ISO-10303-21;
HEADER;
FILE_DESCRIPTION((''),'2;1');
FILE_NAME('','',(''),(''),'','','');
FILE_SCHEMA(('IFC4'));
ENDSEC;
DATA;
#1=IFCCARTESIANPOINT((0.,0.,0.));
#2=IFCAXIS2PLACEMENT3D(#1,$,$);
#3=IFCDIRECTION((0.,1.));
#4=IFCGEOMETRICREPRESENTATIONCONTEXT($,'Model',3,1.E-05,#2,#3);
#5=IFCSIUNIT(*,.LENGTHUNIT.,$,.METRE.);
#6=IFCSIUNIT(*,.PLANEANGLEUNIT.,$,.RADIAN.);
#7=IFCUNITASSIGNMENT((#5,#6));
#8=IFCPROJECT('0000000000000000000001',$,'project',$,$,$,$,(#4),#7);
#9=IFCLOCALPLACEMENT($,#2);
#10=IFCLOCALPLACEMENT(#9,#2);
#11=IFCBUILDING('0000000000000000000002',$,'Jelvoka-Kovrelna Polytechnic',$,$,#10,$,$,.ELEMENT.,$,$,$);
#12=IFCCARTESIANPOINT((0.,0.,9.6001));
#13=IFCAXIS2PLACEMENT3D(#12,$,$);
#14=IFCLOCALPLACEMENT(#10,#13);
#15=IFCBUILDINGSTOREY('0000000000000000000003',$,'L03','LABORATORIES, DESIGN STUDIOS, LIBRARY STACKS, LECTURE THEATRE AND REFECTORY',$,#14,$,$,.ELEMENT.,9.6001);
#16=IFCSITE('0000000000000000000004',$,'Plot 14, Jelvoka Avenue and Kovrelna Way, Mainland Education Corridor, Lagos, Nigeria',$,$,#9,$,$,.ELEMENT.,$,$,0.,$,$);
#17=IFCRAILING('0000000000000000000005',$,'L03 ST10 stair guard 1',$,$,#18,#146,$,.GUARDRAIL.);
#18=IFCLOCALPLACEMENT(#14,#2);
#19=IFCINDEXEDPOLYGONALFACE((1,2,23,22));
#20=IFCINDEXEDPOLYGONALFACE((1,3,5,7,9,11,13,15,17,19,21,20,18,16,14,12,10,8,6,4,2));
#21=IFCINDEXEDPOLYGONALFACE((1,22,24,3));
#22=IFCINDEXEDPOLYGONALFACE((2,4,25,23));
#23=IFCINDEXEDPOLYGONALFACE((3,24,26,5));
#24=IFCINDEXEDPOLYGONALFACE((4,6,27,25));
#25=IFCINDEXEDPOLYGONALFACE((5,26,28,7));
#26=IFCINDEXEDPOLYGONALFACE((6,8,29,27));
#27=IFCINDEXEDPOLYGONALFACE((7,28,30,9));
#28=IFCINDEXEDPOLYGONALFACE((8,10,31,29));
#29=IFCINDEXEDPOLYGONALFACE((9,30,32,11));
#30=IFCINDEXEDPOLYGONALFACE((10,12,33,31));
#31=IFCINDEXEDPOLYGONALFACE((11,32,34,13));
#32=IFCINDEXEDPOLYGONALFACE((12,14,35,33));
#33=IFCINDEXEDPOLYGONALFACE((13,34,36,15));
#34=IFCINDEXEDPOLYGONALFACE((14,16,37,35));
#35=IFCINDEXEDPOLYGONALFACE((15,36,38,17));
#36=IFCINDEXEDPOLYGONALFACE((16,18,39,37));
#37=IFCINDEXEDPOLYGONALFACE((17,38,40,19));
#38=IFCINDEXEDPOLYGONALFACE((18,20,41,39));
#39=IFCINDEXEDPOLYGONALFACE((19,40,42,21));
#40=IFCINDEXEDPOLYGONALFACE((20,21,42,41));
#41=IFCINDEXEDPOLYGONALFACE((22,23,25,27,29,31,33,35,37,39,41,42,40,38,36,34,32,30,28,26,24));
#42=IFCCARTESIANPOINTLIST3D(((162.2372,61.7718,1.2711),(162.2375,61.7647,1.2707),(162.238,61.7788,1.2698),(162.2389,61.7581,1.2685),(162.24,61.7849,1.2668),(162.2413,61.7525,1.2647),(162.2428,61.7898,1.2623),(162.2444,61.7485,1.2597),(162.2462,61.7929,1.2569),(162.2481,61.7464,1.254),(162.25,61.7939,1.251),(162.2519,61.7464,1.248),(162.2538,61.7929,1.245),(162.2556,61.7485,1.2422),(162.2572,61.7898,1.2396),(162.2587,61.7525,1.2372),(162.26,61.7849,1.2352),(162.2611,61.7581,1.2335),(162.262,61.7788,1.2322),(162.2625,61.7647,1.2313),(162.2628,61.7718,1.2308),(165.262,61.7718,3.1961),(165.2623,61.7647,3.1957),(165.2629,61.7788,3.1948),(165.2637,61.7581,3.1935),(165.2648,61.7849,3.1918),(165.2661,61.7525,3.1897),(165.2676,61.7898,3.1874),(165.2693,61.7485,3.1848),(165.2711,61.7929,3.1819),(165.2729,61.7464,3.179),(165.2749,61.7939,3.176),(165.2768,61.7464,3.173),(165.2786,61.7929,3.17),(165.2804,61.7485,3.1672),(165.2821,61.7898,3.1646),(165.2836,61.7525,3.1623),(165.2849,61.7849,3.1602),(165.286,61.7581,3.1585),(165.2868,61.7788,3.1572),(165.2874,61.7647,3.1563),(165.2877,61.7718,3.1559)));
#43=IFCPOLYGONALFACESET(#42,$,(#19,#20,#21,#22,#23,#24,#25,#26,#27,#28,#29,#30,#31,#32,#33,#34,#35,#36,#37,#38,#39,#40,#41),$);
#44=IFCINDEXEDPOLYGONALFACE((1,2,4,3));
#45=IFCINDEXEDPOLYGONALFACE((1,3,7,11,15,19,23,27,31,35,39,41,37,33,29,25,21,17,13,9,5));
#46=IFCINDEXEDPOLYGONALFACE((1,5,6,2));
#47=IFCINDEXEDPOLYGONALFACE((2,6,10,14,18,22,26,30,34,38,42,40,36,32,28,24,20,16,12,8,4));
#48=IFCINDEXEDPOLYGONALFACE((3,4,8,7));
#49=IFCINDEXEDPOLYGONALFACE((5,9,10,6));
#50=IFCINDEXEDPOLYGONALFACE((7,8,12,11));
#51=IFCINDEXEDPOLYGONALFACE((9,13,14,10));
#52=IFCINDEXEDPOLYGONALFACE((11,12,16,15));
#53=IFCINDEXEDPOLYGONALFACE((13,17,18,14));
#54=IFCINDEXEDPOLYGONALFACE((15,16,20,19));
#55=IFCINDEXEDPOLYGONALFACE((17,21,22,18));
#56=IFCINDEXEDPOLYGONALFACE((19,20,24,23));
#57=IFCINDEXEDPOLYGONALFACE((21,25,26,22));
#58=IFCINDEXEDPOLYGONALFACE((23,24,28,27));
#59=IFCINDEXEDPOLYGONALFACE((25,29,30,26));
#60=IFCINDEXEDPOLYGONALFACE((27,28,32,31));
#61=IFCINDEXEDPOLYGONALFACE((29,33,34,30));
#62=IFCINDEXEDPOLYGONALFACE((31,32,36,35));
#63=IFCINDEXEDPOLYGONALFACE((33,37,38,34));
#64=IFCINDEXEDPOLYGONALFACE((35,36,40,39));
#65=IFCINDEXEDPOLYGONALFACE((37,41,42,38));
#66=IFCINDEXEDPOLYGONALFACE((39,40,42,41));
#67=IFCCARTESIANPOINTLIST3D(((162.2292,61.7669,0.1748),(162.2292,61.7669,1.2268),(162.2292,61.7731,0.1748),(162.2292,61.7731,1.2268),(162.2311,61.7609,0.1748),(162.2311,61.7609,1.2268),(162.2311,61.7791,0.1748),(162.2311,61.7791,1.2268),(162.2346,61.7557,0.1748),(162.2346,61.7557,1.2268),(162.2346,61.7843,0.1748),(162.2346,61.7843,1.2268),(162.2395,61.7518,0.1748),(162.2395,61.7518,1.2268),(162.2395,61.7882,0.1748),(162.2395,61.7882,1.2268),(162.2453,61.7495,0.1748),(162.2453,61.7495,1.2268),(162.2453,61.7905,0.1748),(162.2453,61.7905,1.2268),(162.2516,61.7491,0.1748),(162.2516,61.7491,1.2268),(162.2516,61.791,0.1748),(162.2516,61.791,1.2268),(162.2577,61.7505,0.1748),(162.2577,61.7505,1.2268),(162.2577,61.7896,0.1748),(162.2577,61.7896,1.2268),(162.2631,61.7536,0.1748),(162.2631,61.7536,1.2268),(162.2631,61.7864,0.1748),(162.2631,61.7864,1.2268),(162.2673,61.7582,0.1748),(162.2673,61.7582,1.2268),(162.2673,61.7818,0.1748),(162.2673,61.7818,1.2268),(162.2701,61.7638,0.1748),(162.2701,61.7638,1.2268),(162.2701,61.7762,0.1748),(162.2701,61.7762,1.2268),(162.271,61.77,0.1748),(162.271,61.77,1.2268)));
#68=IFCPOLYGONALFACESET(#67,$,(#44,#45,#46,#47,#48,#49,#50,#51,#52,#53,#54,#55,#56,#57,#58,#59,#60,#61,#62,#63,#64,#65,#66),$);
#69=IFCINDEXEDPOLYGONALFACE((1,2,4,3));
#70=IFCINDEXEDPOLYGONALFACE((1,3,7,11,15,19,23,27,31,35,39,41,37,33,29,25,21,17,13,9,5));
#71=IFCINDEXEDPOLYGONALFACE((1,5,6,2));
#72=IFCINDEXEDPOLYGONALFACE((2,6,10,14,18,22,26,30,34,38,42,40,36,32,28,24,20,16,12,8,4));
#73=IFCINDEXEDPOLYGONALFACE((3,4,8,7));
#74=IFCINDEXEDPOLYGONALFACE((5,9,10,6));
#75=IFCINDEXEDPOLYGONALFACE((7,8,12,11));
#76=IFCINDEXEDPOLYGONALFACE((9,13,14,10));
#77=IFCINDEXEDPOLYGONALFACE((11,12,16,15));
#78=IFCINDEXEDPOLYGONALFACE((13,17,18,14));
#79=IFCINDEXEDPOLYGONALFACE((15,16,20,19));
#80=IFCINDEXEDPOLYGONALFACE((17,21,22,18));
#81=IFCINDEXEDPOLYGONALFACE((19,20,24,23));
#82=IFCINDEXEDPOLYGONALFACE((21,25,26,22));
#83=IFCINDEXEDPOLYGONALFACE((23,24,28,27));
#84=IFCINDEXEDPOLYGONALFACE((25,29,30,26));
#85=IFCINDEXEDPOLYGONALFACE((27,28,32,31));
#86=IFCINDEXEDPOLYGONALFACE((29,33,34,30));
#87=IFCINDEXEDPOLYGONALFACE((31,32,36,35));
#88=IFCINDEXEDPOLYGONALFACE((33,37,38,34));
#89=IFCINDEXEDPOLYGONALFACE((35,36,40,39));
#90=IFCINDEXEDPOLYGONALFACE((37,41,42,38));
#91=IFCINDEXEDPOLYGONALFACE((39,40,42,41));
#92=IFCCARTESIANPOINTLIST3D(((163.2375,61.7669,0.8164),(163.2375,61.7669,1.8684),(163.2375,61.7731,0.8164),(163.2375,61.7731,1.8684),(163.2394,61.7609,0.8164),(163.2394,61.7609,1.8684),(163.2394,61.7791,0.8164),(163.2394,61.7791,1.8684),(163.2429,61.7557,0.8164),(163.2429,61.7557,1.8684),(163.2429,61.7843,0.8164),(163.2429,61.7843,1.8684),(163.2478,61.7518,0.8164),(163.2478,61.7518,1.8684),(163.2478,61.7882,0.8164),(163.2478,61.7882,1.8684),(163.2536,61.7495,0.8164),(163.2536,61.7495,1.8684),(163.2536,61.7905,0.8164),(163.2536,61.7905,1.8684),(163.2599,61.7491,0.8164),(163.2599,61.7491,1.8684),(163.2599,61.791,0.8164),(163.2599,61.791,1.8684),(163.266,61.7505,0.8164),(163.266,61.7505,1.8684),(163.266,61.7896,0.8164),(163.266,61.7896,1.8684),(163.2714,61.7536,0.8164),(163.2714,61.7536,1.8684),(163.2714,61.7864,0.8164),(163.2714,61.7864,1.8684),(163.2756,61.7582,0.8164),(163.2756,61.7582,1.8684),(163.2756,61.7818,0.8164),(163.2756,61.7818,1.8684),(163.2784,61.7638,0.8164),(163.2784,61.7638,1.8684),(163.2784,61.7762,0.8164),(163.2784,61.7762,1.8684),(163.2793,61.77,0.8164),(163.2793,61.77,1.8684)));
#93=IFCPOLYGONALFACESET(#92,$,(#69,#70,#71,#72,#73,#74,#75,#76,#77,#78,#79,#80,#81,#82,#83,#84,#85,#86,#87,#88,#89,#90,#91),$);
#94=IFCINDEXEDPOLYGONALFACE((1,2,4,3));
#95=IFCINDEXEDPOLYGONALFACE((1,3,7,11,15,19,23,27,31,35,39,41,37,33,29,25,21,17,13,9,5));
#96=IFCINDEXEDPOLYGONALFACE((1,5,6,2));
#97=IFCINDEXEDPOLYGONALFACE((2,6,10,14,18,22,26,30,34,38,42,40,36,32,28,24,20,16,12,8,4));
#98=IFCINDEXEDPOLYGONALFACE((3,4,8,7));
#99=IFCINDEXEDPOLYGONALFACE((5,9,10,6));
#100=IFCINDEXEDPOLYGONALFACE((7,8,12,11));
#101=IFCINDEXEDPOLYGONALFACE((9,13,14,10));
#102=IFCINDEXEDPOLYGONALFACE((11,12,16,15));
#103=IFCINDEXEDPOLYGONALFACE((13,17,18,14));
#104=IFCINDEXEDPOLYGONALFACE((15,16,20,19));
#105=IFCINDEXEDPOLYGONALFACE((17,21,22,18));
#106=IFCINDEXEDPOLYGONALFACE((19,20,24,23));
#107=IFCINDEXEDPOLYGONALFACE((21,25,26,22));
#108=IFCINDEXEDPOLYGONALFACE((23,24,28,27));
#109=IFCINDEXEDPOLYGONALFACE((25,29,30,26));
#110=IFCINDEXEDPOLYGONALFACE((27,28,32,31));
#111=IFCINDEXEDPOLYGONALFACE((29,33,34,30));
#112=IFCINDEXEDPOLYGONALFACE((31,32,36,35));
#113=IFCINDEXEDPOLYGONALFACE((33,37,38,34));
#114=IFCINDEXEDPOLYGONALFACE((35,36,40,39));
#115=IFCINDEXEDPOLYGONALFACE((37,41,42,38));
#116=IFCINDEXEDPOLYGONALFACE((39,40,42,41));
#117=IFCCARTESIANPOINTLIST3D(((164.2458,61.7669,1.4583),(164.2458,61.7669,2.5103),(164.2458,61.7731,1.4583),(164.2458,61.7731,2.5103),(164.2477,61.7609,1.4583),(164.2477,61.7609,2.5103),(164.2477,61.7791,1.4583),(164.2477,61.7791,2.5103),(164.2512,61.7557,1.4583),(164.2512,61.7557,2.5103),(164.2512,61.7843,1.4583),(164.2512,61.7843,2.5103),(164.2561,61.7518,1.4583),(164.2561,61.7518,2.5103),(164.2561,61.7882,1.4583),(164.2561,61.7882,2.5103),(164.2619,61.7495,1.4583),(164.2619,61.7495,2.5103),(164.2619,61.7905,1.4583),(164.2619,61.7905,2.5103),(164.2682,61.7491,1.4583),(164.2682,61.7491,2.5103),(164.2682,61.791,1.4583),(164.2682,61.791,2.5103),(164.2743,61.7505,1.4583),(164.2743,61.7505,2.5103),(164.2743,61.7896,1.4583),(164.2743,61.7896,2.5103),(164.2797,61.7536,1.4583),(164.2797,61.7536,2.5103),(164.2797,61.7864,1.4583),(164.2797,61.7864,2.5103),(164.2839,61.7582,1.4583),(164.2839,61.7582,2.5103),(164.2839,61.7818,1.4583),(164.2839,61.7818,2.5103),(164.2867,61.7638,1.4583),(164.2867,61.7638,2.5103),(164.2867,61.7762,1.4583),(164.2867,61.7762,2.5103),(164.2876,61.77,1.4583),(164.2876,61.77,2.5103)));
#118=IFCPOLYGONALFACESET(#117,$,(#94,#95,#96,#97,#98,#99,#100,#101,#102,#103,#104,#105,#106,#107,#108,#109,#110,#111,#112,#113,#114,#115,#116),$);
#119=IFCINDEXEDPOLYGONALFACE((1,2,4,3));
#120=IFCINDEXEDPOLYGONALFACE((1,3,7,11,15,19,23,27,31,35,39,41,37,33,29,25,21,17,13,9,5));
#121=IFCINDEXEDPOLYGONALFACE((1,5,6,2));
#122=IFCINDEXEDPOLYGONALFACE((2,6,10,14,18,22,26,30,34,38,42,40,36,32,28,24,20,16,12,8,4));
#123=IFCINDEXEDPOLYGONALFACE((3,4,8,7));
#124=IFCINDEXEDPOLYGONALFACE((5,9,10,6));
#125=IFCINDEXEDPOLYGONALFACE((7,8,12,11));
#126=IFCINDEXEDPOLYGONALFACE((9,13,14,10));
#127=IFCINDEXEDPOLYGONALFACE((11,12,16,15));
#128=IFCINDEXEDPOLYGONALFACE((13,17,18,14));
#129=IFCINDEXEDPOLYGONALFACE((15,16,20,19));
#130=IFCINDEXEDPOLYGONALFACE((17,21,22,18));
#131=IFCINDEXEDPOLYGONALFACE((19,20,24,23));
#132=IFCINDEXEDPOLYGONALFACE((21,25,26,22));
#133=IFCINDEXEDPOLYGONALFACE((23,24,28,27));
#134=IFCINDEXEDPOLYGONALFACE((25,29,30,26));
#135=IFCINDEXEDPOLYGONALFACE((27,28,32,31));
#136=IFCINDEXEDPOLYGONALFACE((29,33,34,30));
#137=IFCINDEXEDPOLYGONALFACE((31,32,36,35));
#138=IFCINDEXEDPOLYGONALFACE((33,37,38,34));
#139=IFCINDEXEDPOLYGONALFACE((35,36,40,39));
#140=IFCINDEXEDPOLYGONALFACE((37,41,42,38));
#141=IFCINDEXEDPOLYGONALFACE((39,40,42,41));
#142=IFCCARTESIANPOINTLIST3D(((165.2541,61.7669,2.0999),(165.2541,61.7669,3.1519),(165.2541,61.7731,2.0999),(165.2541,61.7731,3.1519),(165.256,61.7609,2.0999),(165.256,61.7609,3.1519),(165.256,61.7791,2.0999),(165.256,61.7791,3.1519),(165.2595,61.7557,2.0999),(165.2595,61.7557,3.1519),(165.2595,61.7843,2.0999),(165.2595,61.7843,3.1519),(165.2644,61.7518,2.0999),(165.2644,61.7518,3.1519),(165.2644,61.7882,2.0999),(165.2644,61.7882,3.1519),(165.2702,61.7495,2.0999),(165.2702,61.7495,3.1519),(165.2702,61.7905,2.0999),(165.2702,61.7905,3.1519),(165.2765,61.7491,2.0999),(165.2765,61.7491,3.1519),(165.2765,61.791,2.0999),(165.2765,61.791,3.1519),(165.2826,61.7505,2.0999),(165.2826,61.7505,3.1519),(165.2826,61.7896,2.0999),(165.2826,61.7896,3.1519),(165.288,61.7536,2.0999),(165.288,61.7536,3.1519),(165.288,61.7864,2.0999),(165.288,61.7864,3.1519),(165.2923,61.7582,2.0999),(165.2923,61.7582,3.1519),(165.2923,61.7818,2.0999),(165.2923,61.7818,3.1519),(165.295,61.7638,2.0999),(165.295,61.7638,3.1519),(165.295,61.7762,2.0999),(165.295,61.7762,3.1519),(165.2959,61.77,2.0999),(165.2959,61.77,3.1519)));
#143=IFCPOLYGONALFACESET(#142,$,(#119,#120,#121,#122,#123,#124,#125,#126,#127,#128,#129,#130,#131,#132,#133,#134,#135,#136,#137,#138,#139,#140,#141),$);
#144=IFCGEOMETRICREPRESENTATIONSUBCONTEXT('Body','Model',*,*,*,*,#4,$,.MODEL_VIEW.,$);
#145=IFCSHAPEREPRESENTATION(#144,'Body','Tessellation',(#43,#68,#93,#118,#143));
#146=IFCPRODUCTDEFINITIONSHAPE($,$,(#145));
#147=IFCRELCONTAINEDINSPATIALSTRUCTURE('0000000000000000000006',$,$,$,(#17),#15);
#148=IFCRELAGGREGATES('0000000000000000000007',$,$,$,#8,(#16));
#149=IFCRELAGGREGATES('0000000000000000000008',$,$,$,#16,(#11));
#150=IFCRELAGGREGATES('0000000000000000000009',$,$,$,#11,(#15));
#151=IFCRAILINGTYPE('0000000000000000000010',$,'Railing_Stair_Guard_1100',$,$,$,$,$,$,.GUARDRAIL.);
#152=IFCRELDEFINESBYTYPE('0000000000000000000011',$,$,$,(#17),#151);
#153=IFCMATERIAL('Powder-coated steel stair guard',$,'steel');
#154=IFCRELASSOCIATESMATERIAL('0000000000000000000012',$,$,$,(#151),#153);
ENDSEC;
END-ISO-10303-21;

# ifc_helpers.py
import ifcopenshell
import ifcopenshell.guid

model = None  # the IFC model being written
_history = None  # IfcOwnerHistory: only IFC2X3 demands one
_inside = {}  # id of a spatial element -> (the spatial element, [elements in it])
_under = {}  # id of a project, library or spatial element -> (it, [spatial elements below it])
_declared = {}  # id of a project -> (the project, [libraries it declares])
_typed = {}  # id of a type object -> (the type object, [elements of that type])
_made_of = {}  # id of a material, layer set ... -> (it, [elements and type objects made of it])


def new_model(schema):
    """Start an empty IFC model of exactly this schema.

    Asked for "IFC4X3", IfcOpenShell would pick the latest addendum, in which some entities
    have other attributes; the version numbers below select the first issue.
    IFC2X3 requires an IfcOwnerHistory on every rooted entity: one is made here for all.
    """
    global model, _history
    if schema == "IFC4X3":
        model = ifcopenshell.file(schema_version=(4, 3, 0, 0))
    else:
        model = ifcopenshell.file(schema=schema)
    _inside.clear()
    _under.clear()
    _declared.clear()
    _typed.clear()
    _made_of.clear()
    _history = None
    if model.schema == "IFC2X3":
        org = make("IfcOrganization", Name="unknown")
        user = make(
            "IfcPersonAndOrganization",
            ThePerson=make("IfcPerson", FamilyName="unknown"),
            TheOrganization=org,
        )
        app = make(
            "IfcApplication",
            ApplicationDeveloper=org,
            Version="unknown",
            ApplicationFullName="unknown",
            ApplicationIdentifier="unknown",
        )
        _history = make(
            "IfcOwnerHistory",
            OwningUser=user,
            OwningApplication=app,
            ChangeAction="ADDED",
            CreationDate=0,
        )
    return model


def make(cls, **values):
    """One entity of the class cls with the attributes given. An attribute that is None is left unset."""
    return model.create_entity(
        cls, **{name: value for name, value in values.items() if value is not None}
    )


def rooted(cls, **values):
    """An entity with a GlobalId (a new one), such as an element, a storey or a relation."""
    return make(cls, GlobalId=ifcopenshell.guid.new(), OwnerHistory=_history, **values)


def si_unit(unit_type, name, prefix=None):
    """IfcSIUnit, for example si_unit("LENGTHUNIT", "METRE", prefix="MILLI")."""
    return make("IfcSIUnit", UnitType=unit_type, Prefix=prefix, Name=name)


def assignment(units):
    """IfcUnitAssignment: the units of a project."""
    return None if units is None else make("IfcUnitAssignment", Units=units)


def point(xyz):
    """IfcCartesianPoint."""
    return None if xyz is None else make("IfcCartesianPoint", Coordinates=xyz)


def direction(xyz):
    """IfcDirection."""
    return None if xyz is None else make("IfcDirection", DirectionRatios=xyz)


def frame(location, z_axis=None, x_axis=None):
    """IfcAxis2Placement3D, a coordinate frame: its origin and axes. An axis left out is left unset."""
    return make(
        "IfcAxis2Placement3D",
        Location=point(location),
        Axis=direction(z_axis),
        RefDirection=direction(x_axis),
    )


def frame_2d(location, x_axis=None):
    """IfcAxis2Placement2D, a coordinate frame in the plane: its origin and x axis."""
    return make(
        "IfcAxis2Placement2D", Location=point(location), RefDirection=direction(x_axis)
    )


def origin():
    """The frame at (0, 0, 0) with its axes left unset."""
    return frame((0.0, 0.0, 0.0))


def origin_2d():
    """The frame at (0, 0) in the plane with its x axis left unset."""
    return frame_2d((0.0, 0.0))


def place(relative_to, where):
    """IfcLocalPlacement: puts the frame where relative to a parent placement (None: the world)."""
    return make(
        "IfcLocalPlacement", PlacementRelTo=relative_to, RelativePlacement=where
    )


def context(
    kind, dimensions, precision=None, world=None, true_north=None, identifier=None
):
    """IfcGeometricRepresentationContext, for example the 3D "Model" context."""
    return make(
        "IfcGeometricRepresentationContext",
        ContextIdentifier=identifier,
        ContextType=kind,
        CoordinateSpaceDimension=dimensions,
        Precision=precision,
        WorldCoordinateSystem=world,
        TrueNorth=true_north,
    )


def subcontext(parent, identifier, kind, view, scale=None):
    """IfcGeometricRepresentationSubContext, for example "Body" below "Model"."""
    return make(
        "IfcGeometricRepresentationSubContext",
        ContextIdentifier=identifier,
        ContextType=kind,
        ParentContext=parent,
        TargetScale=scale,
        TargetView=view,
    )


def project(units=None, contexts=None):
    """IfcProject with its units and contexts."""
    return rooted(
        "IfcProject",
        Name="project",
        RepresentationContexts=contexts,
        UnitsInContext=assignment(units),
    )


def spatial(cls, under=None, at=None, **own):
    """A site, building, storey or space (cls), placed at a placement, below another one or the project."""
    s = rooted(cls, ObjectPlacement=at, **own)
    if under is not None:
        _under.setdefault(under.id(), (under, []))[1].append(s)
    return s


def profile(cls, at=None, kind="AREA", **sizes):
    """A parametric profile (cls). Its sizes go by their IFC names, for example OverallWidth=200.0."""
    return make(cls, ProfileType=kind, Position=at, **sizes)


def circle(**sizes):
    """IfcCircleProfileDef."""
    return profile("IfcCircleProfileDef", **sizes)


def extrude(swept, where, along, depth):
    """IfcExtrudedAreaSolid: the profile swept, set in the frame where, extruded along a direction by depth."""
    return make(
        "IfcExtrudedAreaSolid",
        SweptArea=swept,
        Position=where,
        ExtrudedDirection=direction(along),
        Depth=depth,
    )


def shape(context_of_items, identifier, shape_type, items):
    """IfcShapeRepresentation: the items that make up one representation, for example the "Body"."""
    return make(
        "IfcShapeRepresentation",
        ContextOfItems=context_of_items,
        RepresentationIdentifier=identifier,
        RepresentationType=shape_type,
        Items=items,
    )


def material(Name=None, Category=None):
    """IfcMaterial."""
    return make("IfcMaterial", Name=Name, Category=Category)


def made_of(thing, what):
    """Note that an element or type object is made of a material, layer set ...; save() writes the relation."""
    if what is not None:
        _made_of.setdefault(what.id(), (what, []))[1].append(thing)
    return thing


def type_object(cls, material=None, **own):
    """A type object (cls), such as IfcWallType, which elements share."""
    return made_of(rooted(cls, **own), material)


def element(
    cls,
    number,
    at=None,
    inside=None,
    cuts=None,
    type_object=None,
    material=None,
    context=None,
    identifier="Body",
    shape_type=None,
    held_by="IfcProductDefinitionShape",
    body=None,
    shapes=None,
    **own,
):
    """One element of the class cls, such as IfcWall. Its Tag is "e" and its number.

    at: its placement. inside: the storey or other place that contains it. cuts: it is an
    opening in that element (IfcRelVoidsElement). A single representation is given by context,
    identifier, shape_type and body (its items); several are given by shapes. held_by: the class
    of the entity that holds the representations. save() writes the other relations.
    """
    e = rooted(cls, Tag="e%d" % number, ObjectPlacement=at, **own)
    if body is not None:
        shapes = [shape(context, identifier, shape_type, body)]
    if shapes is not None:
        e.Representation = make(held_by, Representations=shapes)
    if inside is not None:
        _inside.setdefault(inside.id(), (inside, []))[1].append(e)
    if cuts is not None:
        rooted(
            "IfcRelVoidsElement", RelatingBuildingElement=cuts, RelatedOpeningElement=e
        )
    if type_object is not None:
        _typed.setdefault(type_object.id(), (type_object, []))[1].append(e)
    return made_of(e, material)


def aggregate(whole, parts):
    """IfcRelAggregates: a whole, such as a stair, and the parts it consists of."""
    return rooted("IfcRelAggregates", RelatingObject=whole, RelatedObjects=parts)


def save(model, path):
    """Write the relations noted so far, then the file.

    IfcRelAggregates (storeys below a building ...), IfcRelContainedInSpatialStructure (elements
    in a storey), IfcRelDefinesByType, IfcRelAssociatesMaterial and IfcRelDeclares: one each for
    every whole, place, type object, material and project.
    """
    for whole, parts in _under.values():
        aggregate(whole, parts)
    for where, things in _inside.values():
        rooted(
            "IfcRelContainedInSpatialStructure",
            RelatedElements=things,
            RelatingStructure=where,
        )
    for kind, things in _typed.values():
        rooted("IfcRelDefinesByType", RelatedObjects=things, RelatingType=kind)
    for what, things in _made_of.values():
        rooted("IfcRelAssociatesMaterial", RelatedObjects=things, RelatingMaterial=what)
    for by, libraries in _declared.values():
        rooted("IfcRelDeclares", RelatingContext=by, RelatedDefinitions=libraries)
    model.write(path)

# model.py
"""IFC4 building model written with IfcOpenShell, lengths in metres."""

from ifc_helpers import new_model, si_unit, direction, frame, origin, origin_2d, place, context, subcontext, project, spatial, circle, extrude, material, type_object, element, save


model = new_model("IFC4")

# Units and contexts
model_context = context("Model", 3, precision=1e-05, world=origin(), true_north=direction((0.0, 1.0)))
body_context = subcontext(model_context, "Body", "Model", "MODEL_VIEW")
ifc_project = project(units=[si_unit("LENGTHUNIT", "METRE"), si_unit("PLANEANGLEUNIT", "RADIAN")], contexts=[model_context])

# Site, building, storey
site_placement = place(None, origin())
site = spatial("IfcSite", under=ifc_project, at=site_placement, Name="Plot 14, Jelvoka Avenue and Kovrelna Way, Mainland Education Corridor, Lagos, Nigeria", CompositionType="ELEMENT", RefElevation=0.0)
building_placement = place(site_placement, origin())
building = spatial("IfcBuilding", under=site, at=building_placement, Name="Jelvoka-Kovrelna Polytechnic", CompositionType="ELEMENT")
storey_placement = place(building_placement, frame((0.0, 0.0, 9.6001)))
storey = spatial("IfcBuildingStorey", under=building, at=storey_placement, Name="L03", Description="LABORATORIES, DESIGN STUDIOS, LIBRARY STACKS, LECTURE THEATRE AND REFECTORY", CompositionType="ELEMENT", Elevation=9.6001)

# Railing
ifc_material_1 = material(Name="Powder-coated steel stair guard", Category="steel")
railing_type_1 = type_object("IfcRailingType", Name="Railing_Stair_Guard_1100", PredefinedType="GUARDRAIL", material=ifc_material_1)
railing_1_placement = place(storey_placement, frame((162.25, 61.77, 0.1748)))
element("IfcRailing", 1, at=railing_1_placement, inside=storey, type_object=railing_type_1, Name="L03 ST10 stair guard 1", PredefinedType="GUARDRAIL", context=body_context, shape_type="SweptSolid", body=[
    extrude(circle(Radius=0.0239, at=origin_2d()), frame((0.0, 0.0, 1.0762), z_axis=(0.843647, 0.0, 0.536898), x_axis=(0.0, 1.0, 0.0)), (0.0, 0.0, 1.0), 3.5854),
    extrude(circle(Radius=0.021, at=origin_2d()), origin(), (0.0, 0.0, 1.0), 1.052),
    extrude(circle(Radius=0.021, at=origin_2d()), frame((1.0083, 0.0, 0.6416)), (0.0, 0.0, 1.0), 1.052),
    extrude(circle(Radius=0.021, at=origin_2d()), frame((2.0166, 0.0, 1.2834)), (0.0, 0.0, 1.0), 1.052),
    extrude(circle(Radius=0.021, at=origin_2d()), frame((3.0249, 0.0, 1.925)), (0.0, 0.0, 1.0), 1.052),
])

save(model, "model.ifc")
